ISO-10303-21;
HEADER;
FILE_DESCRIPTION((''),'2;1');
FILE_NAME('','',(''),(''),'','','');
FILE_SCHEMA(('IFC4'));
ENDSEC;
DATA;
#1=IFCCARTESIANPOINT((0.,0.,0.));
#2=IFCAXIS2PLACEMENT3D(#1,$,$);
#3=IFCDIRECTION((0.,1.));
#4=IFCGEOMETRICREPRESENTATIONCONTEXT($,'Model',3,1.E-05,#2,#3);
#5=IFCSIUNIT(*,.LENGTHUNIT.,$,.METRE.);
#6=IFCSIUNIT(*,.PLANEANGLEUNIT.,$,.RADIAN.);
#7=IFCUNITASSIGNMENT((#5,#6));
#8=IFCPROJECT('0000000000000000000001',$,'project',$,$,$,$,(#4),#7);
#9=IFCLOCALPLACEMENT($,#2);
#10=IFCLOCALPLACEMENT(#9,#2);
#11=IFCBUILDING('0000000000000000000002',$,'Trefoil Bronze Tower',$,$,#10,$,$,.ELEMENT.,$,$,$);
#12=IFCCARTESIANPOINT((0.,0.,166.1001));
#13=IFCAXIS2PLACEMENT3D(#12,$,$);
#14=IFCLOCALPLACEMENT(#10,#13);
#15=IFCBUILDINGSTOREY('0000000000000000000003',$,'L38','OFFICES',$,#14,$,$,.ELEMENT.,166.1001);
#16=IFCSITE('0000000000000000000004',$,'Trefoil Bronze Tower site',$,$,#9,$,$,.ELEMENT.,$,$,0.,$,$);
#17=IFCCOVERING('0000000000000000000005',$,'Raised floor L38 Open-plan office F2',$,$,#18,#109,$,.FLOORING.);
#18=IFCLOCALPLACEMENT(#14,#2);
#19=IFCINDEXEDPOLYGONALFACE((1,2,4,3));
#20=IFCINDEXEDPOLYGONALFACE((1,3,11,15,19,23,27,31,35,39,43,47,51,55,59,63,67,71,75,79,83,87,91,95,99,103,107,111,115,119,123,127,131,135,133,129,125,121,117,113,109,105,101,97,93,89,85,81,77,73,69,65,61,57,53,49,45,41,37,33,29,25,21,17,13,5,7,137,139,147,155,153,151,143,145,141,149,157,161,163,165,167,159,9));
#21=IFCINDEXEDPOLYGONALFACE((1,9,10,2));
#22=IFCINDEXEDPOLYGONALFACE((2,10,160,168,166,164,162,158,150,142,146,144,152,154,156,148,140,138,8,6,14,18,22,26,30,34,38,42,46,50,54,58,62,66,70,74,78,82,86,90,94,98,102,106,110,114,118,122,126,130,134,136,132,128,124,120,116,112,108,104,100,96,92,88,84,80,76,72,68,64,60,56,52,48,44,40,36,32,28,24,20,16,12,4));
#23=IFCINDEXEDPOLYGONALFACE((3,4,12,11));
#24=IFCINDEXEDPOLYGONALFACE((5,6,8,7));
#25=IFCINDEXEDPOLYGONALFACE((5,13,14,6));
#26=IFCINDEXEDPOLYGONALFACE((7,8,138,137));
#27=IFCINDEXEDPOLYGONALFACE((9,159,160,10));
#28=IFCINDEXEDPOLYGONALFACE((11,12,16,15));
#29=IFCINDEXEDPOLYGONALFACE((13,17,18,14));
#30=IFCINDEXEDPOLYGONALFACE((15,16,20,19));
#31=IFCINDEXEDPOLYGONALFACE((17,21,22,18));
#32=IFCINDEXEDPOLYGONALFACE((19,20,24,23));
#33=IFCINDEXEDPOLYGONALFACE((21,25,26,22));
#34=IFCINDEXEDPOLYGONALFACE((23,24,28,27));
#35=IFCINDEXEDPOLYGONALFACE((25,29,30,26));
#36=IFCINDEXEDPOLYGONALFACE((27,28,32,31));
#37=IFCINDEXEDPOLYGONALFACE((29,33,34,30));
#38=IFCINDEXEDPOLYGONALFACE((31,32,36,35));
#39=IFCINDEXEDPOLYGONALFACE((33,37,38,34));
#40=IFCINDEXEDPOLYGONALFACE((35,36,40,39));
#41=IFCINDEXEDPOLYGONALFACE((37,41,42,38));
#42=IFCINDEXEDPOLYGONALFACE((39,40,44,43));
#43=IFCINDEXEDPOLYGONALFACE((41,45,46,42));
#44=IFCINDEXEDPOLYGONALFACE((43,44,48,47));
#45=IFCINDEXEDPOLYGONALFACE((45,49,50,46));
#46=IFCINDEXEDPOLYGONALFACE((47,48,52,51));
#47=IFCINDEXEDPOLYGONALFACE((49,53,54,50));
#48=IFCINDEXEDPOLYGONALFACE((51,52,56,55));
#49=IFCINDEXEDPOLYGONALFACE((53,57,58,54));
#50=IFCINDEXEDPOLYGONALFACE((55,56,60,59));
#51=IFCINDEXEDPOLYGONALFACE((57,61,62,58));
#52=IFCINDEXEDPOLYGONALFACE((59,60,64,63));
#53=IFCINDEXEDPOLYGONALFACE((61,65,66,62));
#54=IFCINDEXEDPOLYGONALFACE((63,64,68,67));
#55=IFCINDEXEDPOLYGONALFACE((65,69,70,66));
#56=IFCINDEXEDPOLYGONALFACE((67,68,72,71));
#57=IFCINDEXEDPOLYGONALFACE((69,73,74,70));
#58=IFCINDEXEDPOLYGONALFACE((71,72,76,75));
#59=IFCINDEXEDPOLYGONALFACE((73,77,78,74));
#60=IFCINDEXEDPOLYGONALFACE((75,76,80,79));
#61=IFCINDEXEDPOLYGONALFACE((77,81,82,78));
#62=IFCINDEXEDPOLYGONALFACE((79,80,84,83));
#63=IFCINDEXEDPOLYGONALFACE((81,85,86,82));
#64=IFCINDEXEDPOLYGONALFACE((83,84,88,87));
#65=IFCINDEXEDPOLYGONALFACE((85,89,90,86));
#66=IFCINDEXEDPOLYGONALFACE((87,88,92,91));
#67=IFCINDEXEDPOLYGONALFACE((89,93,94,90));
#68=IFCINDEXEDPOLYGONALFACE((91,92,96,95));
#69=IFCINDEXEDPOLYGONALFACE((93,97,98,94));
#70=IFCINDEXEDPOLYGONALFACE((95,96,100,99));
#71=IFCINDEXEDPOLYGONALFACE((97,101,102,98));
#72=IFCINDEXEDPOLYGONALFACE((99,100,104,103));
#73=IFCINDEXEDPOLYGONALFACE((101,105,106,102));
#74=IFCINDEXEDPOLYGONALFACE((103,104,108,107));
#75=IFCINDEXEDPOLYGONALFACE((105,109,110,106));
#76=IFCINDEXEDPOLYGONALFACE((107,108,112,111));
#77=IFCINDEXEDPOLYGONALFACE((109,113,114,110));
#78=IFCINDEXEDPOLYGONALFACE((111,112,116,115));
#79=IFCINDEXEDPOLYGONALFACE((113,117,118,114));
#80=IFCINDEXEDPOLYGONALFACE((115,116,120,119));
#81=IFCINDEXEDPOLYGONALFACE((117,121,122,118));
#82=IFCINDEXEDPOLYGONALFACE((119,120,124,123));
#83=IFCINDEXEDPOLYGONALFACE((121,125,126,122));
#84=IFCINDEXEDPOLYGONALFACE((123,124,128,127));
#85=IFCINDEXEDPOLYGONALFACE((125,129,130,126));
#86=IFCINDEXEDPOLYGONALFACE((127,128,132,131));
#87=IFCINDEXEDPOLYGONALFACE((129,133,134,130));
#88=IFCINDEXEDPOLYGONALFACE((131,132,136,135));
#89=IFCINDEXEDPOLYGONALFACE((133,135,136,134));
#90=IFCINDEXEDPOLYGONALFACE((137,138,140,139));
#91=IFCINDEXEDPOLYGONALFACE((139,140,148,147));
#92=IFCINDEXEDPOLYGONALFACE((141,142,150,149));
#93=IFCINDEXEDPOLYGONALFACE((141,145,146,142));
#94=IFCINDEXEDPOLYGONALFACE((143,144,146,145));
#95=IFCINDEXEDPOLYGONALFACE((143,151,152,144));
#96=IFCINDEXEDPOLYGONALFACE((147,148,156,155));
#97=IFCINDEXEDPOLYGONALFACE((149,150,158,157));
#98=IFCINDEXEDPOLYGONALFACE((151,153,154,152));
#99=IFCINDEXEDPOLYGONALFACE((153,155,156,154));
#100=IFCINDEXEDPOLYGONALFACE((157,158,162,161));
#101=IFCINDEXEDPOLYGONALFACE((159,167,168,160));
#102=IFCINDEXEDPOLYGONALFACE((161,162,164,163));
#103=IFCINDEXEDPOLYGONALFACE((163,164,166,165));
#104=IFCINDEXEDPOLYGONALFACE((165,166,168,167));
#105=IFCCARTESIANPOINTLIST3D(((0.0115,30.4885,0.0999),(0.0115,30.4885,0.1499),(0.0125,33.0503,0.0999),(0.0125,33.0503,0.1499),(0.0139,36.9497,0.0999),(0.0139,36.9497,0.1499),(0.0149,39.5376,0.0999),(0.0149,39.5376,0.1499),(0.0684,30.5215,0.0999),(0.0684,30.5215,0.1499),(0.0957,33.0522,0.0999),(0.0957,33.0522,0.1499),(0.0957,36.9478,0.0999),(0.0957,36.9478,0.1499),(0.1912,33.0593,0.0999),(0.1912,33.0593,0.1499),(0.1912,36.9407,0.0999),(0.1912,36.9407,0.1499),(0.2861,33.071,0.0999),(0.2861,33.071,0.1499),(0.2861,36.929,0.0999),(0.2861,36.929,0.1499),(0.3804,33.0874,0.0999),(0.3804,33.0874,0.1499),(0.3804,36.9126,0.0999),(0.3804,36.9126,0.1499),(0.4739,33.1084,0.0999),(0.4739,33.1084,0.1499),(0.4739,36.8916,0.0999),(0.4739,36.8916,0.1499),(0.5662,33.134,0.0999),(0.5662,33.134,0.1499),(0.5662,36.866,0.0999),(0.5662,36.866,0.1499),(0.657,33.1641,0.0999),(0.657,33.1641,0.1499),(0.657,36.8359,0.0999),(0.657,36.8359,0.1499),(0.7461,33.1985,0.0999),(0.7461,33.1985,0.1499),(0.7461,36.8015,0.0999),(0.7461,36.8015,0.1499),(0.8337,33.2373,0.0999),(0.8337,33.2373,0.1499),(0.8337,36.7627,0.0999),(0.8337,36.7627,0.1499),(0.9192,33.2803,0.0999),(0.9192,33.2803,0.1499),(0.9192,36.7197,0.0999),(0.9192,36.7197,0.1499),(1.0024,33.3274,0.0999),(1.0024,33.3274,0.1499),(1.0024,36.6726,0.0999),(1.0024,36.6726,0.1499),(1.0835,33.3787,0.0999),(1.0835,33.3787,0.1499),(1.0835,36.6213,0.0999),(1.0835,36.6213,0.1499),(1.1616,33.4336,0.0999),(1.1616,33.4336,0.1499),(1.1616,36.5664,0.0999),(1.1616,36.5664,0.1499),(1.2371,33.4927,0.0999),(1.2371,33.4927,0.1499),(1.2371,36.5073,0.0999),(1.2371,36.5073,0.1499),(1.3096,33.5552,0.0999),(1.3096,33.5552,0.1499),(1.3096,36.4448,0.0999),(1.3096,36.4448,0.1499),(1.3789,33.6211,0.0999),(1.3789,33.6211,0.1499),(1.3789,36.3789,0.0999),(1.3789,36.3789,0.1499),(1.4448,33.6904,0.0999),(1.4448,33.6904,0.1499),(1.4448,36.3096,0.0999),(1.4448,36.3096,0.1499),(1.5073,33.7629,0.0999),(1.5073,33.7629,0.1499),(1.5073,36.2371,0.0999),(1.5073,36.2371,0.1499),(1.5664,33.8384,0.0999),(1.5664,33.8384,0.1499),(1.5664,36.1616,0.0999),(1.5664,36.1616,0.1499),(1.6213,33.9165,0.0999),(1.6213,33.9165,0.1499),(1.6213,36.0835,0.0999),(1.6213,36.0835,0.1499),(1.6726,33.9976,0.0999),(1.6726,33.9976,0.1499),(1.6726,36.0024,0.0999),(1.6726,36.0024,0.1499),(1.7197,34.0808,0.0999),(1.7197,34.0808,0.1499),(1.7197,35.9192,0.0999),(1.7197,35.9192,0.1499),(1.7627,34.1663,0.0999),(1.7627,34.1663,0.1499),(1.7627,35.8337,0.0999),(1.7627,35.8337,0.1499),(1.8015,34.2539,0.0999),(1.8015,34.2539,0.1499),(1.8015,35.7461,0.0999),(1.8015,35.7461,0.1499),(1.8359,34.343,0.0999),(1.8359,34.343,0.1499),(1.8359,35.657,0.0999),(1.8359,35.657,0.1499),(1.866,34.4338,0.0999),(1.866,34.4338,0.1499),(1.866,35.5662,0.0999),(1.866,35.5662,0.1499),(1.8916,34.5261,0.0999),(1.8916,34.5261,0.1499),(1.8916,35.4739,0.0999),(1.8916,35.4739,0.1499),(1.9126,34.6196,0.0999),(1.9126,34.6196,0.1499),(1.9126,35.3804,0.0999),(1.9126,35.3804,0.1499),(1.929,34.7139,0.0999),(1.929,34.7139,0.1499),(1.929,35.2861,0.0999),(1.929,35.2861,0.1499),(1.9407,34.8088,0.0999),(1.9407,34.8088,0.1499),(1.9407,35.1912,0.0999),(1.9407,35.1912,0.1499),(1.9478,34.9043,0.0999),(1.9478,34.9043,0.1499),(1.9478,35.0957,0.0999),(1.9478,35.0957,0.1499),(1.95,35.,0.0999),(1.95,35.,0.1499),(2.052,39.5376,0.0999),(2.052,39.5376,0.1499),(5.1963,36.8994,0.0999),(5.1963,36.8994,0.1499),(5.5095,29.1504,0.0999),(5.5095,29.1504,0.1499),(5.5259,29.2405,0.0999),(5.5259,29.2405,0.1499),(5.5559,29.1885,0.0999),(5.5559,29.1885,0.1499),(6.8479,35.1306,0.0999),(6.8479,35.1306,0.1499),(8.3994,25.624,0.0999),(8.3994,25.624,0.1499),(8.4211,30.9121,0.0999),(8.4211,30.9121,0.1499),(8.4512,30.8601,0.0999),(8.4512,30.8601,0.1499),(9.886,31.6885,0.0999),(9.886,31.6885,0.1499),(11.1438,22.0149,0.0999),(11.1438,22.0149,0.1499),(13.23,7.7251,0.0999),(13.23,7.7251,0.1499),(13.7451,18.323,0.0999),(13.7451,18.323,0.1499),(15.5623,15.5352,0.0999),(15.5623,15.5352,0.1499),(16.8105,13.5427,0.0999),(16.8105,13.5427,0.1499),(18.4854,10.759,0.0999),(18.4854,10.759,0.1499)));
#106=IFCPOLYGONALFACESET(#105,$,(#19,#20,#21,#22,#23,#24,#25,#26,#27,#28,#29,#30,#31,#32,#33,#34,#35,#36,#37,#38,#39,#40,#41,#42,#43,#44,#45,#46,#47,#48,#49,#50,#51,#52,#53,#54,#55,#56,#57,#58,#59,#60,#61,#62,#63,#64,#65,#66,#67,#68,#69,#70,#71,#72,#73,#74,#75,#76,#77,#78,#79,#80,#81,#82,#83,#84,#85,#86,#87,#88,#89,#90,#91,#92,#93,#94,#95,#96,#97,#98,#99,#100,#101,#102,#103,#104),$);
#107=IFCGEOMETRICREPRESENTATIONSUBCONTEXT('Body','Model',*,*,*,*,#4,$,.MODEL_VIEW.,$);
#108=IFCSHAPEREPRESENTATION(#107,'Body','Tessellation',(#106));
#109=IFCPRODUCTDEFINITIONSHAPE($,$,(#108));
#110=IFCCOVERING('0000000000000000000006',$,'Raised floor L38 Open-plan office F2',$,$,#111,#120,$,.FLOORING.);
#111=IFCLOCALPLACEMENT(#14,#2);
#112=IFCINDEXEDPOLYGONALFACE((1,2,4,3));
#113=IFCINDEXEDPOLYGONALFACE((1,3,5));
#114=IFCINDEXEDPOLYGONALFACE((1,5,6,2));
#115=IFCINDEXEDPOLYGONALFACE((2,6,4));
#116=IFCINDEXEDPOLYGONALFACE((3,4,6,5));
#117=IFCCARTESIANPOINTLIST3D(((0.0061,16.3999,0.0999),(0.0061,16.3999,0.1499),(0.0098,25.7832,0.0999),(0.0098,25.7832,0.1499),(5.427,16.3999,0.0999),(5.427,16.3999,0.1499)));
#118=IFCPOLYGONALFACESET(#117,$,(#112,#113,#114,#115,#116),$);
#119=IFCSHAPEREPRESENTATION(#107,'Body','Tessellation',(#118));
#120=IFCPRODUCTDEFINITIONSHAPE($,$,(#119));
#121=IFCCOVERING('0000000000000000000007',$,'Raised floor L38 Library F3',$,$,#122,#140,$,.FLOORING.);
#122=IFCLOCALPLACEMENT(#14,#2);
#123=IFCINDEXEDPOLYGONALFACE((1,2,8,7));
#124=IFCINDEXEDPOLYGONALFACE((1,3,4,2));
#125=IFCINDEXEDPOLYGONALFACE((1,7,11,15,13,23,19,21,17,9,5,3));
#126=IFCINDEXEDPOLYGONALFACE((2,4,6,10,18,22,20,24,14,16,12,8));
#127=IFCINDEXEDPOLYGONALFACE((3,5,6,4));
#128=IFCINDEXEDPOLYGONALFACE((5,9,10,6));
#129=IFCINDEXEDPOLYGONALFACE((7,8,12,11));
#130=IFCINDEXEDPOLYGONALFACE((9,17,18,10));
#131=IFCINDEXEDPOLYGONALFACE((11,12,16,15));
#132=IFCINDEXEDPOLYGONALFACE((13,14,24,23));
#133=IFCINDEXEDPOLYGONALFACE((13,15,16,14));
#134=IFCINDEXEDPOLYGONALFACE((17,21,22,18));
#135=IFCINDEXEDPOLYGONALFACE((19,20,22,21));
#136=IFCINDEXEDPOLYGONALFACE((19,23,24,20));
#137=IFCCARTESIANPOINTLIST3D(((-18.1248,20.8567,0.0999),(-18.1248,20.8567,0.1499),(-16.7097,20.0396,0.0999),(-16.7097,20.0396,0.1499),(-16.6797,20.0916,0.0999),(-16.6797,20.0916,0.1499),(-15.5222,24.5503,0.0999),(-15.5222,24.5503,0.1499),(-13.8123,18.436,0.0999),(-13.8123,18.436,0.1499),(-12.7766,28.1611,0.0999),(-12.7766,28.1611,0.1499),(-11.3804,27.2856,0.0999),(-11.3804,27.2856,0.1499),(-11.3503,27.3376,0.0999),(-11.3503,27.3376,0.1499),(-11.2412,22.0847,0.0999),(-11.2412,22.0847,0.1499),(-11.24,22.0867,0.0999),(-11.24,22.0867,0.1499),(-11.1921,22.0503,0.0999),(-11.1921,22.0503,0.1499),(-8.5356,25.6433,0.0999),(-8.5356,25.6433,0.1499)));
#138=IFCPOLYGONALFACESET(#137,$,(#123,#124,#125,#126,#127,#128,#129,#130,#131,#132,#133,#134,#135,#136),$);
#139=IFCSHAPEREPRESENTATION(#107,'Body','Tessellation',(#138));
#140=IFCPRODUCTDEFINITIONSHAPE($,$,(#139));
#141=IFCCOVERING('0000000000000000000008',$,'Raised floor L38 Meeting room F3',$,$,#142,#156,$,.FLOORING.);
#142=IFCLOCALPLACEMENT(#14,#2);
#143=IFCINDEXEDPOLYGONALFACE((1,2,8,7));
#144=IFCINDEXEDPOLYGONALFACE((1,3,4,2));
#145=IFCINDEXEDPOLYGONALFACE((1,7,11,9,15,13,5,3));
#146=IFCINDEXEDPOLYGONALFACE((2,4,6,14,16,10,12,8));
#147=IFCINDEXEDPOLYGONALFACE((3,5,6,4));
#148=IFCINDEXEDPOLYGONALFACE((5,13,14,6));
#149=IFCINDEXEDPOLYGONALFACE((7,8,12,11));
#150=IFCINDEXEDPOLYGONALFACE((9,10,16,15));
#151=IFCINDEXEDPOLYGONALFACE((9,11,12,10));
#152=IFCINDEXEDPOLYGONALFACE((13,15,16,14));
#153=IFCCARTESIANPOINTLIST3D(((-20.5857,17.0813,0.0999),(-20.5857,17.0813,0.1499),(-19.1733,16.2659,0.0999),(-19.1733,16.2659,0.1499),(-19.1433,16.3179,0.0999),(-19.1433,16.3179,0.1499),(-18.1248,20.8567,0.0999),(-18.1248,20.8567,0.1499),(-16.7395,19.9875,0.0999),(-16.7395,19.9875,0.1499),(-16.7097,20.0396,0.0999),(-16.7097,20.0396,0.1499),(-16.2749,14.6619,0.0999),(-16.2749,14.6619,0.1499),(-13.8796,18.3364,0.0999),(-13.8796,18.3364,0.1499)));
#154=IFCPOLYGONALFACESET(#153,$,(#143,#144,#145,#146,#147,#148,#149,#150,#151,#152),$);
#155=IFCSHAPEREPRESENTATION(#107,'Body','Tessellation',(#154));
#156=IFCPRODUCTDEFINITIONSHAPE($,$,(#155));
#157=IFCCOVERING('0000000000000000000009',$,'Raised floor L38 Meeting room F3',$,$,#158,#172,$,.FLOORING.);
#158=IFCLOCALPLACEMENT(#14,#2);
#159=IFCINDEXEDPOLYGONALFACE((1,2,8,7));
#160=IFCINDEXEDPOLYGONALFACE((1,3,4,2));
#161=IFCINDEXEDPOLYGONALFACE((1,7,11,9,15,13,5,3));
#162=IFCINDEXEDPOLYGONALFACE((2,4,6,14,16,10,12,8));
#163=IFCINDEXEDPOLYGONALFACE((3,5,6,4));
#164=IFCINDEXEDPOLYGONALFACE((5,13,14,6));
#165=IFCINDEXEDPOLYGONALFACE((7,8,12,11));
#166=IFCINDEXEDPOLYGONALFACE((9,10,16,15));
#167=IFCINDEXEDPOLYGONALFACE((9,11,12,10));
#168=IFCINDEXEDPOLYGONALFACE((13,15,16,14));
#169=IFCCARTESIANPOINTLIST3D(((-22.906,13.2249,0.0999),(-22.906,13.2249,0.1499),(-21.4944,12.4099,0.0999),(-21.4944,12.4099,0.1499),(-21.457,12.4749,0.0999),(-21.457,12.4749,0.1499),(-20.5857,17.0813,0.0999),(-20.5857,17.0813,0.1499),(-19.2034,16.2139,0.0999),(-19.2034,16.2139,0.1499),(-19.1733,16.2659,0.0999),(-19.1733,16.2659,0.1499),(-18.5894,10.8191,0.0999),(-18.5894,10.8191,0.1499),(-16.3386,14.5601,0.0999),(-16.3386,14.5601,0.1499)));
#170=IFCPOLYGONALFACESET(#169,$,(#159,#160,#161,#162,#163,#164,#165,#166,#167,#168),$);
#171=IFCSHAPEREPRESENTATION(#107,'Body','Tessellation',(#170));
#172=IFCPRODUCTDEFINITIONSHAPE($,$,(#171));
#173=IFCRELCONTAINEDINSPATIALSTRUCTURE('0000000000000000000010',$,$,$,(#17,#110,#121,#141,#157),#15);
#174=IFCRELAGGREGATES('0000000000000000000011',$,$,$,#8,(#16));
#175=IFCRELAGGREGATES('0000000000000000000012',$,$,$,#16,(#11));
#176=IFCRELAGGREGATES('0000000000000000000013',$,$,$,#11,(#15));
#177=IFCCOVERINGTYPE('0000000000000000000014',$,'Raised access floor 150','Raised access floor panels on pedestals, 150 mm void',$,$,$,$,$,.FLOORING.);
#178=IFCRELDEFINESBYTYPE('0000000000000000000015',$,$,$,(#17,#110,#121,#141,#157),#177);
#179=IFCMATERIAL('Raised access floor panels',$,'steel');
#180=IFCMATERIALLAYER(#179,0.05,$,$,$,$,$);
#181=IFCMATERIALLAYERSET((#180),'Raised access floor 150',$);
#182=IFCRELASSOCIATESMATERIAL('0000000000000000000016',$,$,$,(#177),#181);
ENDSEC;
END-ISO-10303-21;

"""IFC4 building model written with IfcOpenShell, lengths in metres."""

from ifc_helpers import new_model, si_unit, direction, frame, origin, place, context, subcontext, project, spatial, polyline, outline, extrude, material, layer, layer_set, type_object, element, save


model = new_model("IFC4")

# Units and contexts
model_context = context("Model", 3, precision=1e-05, world=origin(), true_north=direction((0.0, 1.0)))
body_context = subcontext(model_context, "Body", "Model", "MODEL_VIEW")
ifc_project = project(units=[si_unit("LENGTHUNIT", "METRE"), si_unit("PLANEANGLEUNIT", "RADIAN")], contexts=[model_context])

# Site, building, storey
site_placement = place(None, origin())
site = spatial("IfcSite", under=ifc_project, at=site_placement, Name="Trefoil Bronze Tower site", CompositionType="ELEMENT", RefElevation=0.0)
building_placement = place(site_placement, origin())
building = spatial("IfcBuilding", under=site, at=building_placement, Name="Trefoil Bronze Tower", CompositionType="ELEMENT")
storey_placement = place(building_placement, frame((0.0, 0.0, 166.1001)))
storey = spatial("IfcBuildingStorey", under=building, at=storey_placement, Name="L38", Description="OFFICES", CompositionType="ELEMENT", Elevation=166.1001)

# Coverings
ifc_material_1 = material(Name="Raised access floor panels", Category="steel")
ifc_layer_1 = layer(ifc_material_1, 0.05)
ifc_layer_set_1 = layer_set([ifc_layer_1], Name="Raised access floor 150")
covering_type_1 = type_object("IfcCoveringType", Name="Raised access floor 150", Description="Raised access floor panels on pedestals, 150 mm void", PredefinedType="FLOORING", material=ifc_layer_set_1)
covering_1_placement = place(storey_placement, frame((0.0, 0.0, 0.0999)))
element("IfcCovering", 1, at=covering_1_placement, inside=storey, type_object=covering_type_1, Name="Raised floor L38 Open-plan office F2", PredefinedType="FLOORING", context=body_context, shape_type="SweptSolid", body=[
    extrude(outline(polyline([(2.052, 39.5376), (5.1963, 36.8994), (6.8479, 35.1306), (9.886, 31.6885), (8.4512, 30.8601), (8.4211, 30.9121), (5.5259, 29.2405), (5.5559, 29.1885), (5.5095, 29.1504), (8.3994, 25.624), (11.1438, 22.0149), (13.7451, 18.323), (15.5623, 15.5352), (16.8105, 13.5427), (18.4854, 10.759), (13.23, 7.7251), (0.0684, 30.5215), (0.0115, 30.4885), (0.0125, 33.0503), (0.0957, 33.0522), (0.1912, 33.0593), (0.2861, 33.071), (0.3804, 33.0874), (0.4739, 33.1084), (0.5662, 33.134), (0.657, 33.1641), (0.7461, 33.1985), (0.8337, 33.2373), (0.9192, 33.2803), (1.0024, 33.3274), (1.0835, 33.3787), (1.1616, 33.4336), (1.2371, 33.4927), (1.3096, 33.5552), (1.3789, 33.6211), (1.4448, 33.6904), (1.5073, 33.7629), (1.5664, 33.8384), (1.6213, 33.9165), (1.6726, 33.9976), (1.7197, 34.0808), (1.7627, 34.1663), (1.8015, 34.2539), (1.8359, 34.343), (1.866, 34.4338), (1.8916, 34.5261), (1.9126, 34.6196), (1.929, 34.7139), (1.9407, 34.8088), (1.9478, 34.9043), (1.95, 35.0), (1.9478, 35.0957), (1.9407, 35.1912), (1.929, 35.2861), (1.9126, 35.3804), (1.8916, 35.4739), (1.866, 35.5662), (1.8359, 35.657), (1.8015, 35.7461), (1.7627, 35.8337), (1.7197, 35.9192), (1.6726, 36.0024), (1.6213, 36.0835), (1.5664, 36.1616), (1.5073, 36.2371), (1.4448, 36.3096), (1.3789, 36.3789), (1.3096, 36.4448), (1.2371, 36.5073), (1.1616, 36.5664), (1.0835, 36.6213), (1.0024, 36.6726), (0.9192, 36.7197), (0.8337, 36.7627), (0.7461, 36.8015), (0.657, 36.8359), (0.5662, 36.866), (0.4739, 36.8916), (0.3804, 36.9126), (0.2861, 36.929), (0.1912, 36.9407), (0.0957, 36.9478), (0.0139, 36.9497), (0.0149, 39.5376), (2.052, 39.5376)])), origin(), (0.0, 0.0, 1.0), 0.05),
])
covering_2_placement = place(storey_placement, frame((0.0, 0.0, 0.0999)))
element("IfcCovering", 2, at=covering_2_placement, inside=storey, type_object=covering_type_1, Name="Raised floor L38 Open-plan office F2", PredefinedType="FLOORING", context=body_context, shape_type="SweptSolid", body=[
    extrude(outline(polyline([(0.0061, 16.3999), (0.0098, 25.7832), (5.427, 16.3999), (0.0061, 16.3999)])), origin(), (0.0, 0.0, 1.0), 0.05),
])
covering_3_placement = place(storey_placement, frame((0.0, 0.0, 0.0999)))
element("IfcCovering", 3, at=covering_3_placement, inside=storey, type_object=covering_type_1, Name="Raised floor L38 Library F3", PredefinedType="FLOORING", context=body_context, shape_type="SweptSolid", body=[
    extrude(outline(polyline([(-15.5222, 24.5503), (-12.7766, 28.1611), (-11.3503, 27.3376), (-11.3804, 27.2856), (-8.5356, 25.6433), (-11.24, 22.0867), (-11.1921, 22.0503), (-11.2412, 22.0847), (-13.8123, 18.436), (-16.6797, 20.0916), (-16.7097, 20.0396), (-18.1248, 20.8567), (-15.5222, 24.5503)])), origin(), (0.0, 0.0, 1.0), 0.05),
])
covering_4_placement = place(storey_placement, frame((0.0, 0.0, 0.0999)))
element("IfcCovering", 4, at=covering_4_placement, inside=storey, type_object=covering_type_1, Name="Raised floor L38 Meeting room F3", PredefinedType="FLOORING", context=body_context, shape_type="SweptSolid", body=[
    extrude(outline(polyline([(-18.1248, 20.8567), (-16.7097, 20.0396), (-16.7395, 19.9875), (-13.8796, 18.3364), (-16.2749, 14.6619), (-19.1433, 16.3179), (-19.1733, 16.2659), (-20.5857, 17.0813), (-18.1248, 20.8567)])), origin(), (0.0, 0.0, 1.0), 0.05),
])
covering_5_placement = place(storey_placement, frame((0.0, 0.0, 0.0999)))
element("IfcCovering", 5, at=covering_5_placement, inside=storey, type_object=covering_type_1, Name="Raised floor L38 Meeting room F3", PredefinedType="FLOORING", context=body_context, shape_type="SweptSolid", body=[
    extrude(outline(polyline([(-22.906, 13.2249), (-20.5857, 17.0813), (-19.1733, 16.2659), (-19.2034, 16.2139), (-16.3386, 14.5601), (-18.5894, 10.8191), (-21.457, 12.4749), (-21.4944, 12.4099), (-22.906, 13.2249)])), origin(), (0.0, 0.0, 1.0), 0.05),
])

save(model, "model.ifc")
